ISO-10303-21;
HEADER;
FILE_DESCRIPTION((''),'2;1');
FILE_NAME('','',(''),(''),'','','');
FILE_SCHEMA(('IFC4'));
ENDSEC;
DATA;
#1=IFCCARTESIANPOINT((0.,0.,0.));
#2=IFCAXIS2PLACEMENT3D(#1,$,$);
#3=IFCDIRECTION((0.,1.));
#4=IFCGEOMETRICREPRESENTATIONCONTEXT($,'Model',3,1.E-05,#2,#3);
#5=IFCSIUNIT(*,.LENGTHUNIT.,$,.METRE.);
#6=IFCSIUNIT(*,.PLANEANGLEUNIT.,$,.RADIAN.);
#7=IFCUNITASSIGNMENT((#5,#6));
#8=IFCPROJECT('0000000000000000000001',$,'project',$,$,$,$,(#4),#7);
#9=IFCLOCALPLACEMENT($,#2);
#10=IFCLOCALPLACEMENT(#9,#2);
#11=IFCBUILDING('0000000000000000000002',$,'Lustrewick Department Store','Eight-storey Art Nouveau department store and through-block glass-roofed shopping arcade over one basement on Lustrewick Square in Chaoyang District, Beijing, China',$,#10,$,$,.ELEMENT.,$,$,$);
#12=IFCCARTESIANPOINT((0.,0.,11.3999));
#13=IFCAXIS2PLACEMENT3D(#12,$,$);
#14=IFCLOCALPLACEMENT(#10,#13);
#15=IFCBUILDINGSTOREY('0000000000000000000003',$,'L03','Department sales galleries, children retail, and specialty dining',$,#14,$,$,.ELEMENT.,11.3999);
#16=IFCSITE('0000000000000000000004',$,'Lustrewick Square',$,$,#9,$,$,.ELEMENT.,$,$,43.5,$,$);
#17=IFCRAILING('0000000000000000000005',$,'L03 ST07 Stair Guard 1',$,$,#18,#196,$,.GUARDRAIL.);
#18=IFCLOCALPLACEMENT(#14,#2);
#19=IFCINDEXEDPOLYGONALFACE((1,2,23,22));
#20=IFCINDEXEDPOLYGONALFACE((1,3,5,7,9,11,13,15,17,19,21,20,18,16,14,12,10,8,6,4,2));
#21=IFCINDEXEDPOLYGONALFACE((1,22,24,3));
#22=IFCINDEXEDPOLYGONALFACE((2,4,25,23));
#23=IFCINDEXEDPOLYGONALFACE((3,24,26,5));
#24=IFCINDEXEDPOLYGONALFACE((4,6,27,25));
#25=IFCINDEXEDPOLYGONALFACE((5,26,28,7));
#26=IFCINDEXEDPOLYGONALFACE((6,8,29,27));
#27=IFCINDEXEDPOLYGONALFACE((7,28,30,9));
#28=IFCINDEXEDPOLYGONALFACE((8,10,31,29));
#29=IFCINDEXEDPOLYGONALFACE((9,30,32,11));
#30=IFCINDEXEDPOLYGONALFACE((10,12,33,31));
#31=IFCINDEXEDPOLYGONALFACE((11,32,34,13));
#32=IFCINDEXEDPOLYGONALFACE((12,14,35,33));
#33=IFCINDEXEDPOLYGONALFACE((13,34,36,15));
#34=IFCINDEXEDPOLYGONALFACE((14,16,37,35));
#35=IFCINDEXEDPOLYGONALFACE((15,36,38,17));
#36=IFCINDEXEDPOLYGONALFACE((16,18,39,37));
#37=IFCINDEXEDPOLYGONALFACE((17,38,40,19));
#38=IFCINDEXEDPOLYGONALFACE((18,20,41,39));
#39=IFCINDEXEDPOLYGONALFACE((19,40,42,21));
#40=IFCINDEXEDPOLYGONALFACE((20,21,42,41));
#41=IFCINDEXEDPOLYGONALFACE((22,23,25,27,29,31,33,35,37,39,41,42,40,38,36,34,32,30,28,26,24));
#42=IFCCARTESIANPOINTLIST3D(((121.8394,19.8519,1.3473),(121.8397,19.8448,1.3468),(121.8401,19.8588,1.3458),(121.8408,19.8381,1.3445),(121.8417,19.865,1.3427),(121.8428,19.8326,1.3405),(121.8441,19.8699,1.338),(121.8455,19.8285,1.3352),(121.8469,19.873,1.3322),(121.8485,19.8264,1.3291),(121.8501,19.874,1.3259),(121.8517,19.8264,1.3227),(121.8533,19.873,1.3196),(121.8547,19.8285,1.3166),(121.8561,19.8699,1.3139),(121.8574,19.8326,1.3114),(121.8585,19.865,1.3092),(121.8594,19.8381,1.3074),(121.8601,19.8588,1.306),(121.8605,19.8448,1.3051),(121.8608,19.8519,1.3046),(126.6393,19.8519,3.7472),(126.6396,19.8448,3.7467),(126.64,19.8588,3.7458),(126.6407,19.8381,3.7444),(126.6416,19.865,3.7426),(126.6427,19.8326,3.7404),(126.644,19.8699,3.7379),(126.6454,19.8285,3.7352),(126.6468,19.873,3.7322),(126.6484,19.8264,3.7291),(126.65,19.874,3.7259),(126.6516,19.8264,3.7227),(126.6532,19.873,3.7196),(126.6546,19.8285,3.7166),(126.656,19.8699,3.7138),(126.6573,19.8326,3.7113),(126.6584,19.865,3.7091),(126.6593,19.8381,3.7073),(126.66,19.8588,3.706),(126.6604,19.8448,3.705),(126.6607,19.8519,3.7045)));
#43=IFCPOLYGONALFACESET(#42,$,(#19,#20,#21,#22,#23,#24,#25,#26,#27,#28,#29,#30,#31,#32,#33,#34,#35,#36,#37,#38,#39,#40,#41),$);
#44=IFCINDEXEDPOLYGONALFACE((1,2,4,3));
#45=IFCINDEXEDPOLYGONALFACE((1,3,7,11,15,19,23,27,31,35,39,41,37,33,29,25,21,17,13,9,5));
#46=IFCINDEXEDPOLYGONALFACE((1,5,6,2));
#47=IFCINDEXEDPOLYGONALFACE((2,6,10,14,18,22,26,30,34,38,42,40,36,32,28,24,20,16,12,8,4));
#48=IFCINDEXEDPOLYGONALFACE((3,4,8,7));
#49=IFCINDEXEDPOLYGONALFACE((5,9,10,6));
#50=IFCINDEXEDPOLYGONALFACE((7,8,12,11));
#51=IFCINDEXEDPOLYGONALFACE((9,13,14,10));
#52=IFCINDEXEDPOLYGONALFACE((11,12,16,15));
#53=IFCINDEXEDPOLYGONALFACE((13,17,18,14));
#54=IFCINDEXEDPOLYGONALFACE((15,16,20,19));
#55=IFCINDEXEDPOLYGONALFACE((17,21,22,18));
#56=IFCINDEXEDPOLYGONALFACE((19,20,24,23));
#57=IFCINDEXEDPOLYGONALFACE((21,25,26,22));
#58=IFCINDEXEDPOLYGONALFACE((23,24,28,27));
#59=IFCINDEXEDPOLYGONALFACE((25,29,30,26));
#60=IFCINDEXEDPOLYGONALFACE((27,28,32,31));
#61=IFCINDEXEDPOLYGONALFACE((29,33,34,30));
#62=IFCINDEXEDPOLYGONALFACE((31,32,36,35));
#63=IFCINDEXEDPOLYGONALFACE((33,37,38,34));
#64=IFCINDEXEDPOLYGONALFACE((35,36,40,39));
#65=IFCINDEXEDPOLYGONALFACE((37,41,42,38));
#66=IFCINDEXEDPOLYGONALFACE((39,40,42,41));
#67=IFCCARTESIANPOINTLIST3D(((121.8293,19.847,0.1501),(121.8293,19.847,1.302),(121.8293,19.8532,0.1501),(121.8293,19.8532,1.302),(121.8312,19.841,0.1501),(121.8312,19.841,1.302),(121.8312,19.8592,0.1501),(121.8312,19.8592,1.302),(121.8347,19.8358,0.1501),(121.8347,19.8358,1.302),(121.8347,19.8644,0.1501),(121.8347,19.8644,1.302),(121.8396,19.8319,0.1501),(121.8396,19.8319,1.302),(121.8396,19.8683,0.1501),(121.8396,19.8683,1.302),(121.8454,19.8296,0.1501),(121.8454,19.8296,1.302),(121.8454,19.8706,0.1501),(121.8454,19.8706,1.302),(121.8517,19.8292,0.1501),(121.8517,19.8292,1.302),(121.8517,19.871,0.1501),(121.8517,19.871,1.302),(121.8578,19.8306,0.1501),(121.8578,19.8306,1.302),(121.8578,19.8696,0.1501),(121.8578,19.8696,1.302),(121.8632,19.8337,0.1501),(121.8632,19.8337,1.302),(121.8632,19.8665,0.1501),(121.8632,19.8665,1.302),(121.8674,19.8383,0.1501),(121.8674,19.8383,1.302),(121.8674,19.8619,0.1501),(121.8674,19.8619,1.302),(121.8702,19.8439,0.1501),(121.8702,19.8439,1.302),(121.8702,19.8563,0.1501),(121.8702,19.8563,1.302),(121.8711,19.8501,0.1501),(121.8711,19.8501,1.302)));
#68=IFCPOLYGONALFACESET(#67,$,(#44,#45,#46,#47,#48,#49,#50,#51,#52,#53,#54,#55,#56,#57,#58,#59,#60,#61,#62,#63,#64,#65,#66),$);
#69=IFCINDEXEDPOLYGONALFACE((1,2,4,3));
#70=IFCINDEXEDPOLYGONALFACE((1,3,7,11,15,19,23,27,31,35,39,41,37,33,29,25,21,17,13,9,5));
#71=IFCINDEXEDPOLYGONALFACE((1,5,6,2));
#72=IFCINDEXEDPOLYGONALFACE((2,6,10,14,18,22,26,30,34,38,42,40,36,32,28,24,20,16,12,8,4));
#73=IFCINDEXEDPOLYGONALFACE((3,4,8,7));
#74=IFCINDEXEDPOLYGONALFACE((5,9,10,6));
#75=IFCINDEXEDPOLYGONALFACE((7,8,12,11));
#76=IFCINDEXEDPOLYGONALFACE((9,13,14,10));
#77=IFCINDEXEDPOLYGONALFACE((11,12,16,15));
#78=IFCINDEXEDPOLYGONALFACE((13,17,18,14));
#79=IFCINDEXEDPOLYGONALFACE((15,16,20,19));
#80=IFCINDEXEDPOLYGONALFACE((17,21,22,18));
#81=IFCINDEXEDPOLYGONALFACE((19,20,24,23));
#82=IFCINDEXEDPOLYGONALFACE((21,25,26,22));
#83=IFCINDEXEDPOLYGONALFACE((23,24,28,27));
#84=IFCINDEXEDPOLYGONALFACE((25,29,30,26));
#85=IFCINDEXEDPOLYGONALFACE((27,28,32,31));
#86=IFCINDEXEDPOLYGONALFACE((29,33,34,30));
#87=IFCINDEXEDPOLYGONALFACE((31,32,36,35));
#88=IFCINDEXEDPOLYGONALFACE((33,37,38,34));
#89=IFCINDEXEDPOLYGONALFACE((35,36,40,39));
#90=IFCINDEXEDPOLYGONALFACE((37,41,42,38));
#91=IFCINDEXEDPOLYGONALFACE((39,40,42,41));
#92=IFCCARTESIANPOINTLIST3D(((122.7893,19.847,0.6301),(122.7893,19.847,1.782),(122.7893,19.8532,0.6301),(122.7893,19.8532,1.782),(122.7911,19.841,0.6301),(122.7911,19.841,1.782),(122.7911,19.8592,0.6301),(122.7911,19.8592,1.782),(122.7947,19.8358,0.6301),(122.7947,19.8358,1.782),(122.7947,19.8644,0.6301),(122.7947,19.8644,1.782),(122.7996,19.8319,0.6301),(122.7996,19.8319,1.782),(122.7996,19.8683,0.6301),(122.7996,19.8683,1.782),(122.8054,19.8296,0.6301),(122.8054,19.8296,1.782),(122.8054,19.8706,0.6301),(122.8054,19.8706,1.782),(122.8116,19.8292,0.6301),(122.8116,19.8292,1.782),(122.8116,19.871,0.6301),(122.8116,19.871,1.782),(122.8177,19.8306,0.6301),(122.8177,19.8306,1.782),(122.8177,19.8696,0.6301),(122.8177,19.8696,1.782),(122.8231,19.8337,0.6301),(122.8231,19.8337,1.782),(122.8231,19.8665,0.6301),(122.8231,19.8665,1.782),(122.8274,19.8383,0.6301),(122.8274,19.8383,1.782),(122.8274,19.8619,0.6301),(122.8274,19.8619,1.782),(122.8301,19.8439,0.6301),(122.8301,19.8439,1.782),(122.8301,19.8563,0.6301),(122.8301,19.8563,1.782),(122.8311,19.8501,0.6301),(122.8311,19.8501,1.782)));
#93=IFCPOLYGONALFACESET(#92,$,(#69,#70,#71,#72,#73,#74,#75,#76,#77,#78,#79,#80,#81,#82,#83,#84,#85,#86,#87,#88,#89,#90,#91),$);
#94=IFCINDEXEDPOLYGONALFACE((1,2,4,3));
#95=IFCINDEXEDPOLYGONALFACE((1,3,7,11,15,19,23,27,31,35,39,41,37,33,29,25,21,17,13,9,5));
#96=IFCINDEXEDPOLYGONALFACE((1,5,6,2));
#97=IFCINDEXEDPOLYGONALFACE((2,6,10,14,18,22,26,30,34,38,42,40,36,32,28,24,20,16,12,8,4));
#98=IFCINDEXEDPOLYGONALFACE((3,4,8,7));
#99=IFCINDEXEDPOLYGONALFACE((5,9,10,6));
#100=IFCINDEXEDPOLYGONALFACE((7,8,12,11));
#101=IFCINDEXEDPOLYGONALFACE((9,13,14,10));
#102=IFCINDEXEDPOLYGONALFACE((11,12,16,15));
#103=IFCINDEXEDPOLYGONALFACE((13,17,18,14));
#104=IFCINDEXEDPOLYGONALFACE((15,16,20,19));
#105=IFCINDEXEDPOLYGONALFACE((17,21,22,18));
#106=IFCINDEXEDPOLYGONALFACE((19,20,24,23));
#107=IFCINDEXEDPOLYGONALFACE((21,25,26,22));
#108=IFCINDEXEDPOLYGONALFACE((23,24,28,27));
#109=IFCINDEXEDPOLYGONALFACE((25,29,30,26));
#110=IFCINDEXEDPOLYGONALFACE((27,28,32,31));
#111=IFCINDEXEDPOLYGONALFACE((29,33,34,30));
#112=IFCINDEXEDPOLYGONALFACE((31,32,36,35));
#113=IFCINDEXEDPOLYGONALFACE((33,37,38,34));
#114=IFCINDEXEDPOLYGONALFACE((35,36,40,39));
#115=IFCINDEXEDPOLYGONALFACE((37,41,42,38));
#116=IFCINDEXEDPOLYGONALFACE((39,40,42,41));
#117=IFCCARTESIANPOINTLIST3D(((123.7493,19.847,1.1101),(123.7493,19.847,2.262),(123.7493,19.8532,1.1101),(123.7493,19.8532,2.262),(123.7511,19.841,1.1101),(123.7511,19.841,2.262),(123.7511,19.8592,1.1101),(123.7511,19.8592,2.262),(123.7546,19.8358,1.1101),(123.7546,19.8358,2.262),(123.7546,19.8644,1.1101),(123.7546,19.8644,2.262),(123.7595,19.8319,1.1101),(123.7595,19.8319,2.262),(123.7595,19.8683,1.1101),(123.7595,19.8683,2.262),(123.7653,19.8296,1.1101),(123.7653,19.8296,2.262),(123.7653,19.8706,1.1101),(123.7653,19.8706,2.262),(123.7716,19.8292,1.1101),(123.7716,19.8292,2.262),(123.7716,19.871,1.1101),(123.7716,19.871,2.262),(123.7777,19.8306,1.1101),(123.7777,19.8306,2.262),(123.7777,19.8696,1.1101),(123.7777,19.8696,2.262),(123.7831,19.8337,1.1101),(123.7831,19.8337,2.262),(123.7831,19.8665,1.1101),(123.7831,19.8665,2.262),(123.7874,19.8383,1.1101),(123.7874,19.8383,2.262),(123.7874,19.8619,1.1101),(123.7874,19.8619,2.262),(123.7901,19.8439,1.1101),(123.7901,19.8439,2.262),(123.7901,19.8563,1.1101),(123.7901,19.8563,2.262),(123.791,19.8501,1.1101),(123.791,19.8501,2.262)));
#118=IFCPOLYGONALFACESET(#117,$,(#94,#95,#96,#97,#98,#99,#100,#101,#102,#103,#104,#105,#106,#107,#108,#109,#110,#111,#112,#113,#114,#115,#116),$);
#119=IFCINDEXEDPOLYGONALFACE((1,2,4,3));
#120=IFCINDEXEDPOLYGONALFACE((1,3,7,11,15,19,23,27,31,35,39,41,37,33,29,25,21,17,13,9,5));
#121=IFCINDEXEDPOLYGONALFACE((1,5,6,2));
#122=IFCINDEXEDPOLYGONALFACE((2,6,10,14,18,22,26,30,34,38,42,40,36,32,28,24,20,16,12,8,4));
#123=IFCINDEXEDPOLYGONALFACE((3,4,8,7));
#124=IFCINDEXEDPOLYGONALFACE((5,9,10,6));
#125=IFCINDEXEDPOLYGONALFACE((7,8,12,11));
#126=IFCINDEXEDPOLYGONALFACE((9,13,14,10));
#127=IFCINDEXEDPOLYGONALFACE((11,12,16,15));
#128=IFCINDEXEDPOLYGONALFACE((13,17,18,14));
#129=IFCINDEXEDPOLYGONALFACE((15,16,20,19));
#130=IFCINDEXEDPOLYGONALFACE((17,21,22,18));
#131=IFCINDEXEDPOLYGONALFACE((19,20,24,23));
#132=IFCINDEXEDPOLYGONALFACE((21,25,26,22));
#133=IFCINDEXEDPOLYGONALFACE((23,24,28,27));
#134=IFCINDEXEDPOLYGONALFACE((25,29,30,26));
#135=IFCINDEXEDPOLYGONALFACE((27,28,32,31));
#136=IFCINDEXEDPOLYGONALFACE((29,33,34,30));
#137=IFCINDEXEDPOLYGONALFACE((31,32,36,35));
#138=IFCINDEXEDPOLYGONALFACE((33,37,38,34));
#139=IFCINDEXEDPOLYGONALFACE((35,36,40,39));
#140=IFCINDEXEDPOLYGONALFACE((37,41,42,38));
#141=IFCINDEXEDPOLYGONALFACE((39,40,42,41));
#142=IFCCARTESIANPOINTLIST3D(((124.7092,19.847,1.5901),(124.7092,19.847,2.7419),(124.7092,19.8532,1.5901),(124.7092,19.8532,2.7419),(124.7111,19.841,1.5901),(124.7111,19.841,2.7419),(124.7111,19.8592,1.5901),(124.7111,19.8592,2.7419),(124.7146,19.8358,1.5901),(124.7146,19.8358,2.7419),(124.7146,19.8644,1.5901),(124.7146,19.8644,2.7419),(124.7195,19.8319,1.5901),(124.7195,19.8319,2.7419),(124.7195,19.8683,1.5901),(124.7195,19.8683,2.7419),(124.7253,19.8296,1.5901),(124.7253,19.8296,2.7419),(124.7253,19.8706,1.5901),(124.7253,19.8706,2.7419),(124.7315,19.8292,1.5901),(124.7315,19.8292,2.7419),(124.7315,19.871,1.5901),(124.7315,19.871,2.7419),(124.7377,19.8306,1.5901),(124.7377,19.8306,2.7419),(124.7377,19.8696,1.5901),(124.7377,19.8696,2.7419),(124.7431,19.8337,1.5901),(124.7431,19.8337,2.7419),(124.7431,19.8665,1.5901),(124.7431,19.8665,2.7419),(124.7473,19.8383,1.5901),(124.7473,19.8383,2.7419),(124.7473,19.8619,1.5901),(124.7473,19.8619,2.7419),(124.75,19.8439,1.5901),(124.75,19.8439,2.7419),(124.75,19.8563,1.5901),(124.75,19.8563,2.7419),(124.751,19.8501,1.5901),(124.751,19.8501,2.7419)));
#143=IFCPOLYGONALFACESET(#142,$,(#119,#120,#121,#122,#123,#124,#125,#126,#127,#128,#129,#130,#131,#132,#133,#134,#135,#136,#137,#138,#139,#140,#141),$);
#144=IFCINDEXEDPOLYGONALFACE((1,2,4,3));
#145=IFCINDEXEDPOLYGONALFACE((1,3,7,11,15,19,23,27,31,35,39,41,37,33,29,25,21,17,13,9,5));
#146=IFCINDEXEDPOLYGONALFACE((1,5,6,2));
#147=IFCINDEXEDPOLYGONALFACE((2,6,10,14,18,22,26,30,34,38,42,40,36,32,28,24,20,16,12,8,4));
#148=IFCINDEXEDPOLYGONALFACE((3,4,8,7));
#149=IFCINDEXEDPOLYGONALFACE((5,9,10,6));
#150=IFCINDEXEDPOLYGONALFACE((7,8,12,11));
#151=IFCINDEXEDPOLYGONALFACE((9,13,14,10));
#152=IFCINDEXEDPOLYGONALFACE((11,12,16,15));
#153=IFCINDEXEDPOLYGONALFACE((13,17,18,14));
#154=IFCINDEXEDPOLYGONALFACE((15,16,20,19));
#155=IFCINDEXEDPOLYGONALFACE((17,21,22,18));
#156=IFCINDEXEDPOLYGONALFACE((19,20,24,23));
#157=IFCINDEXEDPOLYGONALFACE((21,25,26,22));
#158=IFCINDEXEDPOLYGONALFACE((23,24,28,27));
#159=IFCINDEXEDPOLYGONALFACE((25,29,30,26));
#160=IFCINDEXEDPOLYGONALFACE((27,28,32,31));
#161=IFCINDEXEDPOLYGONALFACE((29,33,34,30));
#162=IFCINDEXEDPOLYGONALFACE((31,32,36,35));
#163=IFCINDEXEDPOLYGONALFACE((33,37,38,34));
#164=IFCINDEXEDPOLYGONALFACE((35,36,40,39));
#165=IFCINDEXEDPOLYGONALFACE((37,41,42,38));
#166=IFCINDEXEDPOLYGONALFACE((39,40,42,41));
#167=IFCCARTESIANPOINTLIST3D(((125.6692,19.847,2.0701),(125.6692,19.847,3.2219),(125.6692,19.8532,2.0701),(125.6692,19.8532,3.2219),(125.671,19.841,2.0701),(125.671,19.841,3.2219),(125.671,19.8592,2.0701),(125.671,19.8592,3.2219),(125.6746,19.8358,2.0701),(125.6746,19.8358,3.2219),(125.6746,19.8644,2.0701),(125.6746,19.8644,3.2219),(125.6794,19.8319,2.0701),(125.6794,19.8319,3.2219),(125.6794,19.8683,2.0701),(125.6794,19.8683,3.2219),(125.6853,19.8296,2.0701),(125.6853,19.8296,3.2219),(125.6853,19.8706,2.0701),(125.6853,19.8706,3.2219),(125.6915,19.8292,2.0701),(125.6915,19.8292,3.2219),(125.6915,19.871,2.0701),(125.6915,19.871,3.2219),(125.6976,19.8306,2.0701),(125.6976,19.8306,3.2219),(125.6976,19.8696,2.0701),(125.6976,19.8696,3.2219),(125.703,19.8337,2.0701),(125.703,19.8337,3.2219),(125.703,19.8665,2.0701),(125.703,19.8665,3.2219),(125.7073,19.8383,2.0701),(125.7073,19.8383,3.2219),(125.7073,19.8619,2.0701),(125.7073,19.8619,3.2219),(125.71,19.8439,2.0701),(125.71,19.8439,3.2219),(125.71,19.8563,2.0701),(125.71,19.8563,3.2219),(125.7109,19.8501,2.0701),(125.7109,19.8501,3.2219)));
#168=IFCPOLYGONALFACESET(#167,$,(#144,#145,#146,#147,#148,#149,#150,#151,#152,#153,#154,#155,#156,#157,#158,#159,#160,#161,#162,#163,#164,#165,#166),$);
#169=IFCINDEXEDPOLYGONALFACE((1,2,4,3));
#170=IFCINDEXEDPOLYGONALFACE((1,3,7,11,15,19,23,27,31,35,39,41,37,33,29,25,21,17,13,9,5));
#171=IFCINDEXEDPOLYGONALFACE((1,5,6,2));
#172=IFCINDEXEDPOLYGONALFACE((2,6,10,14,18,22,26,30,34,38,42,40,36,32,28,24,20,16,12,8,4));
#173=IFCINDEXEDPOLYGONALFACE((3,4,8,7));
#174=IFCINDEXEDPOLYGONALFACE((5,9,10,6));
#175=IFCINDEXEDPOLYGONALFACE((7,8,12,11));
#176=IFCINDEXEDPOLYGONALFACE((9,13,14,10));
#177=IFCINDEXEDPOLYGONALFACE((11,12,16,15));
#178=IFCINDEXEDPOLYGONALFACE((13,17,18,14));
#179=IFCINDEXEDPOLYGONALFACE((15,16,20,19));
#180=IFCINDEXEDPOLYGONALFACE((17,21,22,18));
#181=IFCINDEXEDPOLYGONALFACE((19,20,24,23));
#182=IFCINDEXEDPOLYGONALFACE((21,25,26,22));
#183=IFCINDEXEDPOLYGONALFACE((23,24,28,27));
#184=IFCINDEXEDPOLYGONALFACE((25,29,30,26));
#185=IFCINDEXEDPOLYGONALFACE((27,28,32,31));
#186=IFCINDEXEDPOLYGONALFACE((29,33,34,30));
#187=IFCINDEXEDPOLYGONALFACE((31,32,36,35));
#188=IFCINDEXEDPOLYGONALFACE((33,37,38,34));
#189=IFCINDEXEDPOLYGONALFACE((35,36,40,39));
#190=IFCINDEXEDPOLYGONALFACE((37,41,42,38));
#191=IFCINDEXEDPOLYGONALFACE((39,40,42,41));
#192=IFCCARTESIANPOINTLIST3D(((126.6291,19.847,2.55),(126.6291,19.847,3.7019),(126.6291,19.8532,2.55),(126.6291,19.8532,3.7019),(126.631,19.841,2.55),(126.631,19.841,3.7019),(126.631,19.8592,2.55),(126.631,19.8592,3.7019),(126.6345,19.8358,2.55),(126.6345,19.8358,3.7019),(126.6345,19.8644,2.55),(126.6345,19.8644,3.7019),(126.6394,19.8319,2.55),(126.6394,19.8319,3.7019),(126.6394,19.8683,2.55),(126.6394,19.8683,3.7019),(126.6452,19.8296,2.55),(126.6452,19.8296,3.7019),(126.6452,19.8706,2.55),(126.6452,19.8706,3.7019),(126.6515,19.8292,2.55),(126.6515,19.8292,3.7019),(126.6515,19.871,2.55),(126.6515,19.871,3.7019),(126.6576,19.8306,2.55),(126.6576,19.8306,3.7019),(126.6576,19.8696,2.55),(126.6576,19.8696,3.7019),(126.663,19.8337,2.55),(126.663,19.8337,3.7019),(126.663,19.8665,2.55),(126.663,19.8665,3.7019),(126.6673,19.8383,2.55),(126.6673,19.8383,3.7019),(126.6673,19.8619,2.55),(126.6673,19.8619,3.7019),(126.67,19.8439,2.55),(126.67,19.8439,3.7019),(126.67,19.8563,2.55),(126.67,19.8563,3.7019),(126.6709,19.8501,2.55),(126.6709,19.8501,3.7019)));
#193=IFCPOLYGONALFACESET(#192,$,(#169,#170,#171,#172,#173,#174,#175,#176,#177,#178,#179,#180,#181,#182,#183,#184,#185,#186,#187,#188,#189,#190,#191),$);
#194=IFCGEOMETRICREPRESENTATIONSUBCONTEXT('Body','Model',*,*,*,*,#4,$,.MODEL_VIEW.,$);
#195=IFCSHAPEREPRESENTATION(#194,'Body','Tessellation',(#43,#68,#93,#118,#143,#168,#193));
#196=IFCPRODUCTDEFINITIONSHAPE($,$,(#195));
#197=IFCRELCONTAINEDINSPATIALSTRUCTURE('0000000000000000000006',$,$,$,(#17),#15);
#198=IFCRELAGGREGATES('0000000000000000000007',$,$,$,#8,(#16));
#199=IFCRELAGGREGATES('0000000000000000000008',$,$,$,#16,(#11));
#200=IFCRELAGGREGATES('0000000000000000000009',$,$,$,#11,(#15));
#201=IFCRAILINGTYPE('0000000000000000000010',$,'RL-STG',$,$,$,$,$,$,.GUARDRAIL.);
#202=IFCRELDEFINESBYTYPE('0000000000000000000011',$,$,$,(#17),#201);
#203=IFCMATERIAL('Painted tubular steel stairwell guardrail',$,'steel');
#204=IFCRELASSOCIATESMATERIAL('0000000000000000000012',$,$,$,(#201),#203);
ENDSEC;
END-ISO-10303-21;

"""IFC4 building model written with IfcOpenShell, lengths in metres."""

from ifc_helpers import new_model, si_unit, direction, frame, origin, origin_2d, place, context, subcontext, project, spatial, circle, extrude, material, type_object, element, save


model = new_model("IFC4")

# Units and contexts
model_context = context("Model", 3, precision=1e-05, world=origin(), true_north=direction((0.0, 1.0)))
body_context = subcontext(model_context, "Body", "Model", "MODEL_VIEW")
ifc_project = project(units=[si_unit("LENGTHUNIT", "METRE"), si_unit("PLANEANGLEUNIT", "RADIAN")], contexts=[model_context])

# Site, building, storey
site_placement = place(None, origin())
site = spatial("IfcSite", under=ifc_project, at=site_placement, Name="Lustrewick Square", CompositionType="ELEMENT", RefElevation=43.5)
building_placement = place(site_placement, origin())
building = spatial("IfcBuilding", under=site, at=building_placement, Name="Lustrewick Department Store", Description="Eight-storey Art Nouveau department store and through-block glass-roofed shopping arcade over one basement on Lustrewick Square in Chaoyang District, Beijing, China", CompositionType="ELEMENT")
storey_placement = place(building_placement, frame((0.0, 0.0, 11.3999)))
storey = spatial("IfcBuildingStorey", under=building, at=storey_placement, Name="L03", Description="Department sales galleries, children retail, and specialty dining", CompositionType="ELEMENT", Elevation=11.3999)

# Railing
ifc_material_1 = material(Name="Painted tubular steel stairwell guardrail", Category="steel")
railing_type_1 = type_object("IfcRailingType", Name="RL-STG", PredefinedType="GUARDRAIL", material=ifc_material_1)
railing_1_placement = place(storey_placement, frame((121.8501, 19.8501, 0.1501)))
element("IfcRailing", 1, at=railing_1_placement, inside=storey, type_object=railing_type_1, Name="L03 ST07 Stair Guard 1", PredefinedType="GUARDRAIL", context=body_context, shape_type="SweptSolid", body=[
    extrude(circle(Radius=0.0239, at=origin_2d()), frame((0.0, 0.0, 1.1758), z_axis=(0.894427, 0.0, 0.447214), x_axis=(0.0, 1.0, 0.0)), (0.0, 0.0, 1.0), 5.3665),
    extrude(circle(Radius=0.021, at=origin_2d()), origin(), (0.0, 0.0, 1.0), 1.1519),
    extrude(circle(Radius=0.021, at=origin_2d()), frame((0.96, 0.0, 0.48)), (0.0, 0.0, 1.0), 1.1519),
    extrude(circle(Radius=0.021, at=origin_2d()), frame((1.9199, 0.0, 0.96)), (0.0, 0.0, 1.0), 1.1519),
    extrude(circle(Radius=0.021, at=origin_2d()), frame((2.8799, 0.0, 1.4399)), (0.0, 0.0, 1.0), 1.1519),
    extrude(circle(Radius=0.021, at=origin_2d()), frame((3.8398, 0.0, 1.9199)), (0.0, 0.0, 1.0), 1.1519),
    extrude(circle(Radius=0.021, at=origin_2d()), frame((4.7998, 0.0, 2.3999)), (0.0, 0.0, 1.0), 1.1519),
])

save(model, "model.ifc")
